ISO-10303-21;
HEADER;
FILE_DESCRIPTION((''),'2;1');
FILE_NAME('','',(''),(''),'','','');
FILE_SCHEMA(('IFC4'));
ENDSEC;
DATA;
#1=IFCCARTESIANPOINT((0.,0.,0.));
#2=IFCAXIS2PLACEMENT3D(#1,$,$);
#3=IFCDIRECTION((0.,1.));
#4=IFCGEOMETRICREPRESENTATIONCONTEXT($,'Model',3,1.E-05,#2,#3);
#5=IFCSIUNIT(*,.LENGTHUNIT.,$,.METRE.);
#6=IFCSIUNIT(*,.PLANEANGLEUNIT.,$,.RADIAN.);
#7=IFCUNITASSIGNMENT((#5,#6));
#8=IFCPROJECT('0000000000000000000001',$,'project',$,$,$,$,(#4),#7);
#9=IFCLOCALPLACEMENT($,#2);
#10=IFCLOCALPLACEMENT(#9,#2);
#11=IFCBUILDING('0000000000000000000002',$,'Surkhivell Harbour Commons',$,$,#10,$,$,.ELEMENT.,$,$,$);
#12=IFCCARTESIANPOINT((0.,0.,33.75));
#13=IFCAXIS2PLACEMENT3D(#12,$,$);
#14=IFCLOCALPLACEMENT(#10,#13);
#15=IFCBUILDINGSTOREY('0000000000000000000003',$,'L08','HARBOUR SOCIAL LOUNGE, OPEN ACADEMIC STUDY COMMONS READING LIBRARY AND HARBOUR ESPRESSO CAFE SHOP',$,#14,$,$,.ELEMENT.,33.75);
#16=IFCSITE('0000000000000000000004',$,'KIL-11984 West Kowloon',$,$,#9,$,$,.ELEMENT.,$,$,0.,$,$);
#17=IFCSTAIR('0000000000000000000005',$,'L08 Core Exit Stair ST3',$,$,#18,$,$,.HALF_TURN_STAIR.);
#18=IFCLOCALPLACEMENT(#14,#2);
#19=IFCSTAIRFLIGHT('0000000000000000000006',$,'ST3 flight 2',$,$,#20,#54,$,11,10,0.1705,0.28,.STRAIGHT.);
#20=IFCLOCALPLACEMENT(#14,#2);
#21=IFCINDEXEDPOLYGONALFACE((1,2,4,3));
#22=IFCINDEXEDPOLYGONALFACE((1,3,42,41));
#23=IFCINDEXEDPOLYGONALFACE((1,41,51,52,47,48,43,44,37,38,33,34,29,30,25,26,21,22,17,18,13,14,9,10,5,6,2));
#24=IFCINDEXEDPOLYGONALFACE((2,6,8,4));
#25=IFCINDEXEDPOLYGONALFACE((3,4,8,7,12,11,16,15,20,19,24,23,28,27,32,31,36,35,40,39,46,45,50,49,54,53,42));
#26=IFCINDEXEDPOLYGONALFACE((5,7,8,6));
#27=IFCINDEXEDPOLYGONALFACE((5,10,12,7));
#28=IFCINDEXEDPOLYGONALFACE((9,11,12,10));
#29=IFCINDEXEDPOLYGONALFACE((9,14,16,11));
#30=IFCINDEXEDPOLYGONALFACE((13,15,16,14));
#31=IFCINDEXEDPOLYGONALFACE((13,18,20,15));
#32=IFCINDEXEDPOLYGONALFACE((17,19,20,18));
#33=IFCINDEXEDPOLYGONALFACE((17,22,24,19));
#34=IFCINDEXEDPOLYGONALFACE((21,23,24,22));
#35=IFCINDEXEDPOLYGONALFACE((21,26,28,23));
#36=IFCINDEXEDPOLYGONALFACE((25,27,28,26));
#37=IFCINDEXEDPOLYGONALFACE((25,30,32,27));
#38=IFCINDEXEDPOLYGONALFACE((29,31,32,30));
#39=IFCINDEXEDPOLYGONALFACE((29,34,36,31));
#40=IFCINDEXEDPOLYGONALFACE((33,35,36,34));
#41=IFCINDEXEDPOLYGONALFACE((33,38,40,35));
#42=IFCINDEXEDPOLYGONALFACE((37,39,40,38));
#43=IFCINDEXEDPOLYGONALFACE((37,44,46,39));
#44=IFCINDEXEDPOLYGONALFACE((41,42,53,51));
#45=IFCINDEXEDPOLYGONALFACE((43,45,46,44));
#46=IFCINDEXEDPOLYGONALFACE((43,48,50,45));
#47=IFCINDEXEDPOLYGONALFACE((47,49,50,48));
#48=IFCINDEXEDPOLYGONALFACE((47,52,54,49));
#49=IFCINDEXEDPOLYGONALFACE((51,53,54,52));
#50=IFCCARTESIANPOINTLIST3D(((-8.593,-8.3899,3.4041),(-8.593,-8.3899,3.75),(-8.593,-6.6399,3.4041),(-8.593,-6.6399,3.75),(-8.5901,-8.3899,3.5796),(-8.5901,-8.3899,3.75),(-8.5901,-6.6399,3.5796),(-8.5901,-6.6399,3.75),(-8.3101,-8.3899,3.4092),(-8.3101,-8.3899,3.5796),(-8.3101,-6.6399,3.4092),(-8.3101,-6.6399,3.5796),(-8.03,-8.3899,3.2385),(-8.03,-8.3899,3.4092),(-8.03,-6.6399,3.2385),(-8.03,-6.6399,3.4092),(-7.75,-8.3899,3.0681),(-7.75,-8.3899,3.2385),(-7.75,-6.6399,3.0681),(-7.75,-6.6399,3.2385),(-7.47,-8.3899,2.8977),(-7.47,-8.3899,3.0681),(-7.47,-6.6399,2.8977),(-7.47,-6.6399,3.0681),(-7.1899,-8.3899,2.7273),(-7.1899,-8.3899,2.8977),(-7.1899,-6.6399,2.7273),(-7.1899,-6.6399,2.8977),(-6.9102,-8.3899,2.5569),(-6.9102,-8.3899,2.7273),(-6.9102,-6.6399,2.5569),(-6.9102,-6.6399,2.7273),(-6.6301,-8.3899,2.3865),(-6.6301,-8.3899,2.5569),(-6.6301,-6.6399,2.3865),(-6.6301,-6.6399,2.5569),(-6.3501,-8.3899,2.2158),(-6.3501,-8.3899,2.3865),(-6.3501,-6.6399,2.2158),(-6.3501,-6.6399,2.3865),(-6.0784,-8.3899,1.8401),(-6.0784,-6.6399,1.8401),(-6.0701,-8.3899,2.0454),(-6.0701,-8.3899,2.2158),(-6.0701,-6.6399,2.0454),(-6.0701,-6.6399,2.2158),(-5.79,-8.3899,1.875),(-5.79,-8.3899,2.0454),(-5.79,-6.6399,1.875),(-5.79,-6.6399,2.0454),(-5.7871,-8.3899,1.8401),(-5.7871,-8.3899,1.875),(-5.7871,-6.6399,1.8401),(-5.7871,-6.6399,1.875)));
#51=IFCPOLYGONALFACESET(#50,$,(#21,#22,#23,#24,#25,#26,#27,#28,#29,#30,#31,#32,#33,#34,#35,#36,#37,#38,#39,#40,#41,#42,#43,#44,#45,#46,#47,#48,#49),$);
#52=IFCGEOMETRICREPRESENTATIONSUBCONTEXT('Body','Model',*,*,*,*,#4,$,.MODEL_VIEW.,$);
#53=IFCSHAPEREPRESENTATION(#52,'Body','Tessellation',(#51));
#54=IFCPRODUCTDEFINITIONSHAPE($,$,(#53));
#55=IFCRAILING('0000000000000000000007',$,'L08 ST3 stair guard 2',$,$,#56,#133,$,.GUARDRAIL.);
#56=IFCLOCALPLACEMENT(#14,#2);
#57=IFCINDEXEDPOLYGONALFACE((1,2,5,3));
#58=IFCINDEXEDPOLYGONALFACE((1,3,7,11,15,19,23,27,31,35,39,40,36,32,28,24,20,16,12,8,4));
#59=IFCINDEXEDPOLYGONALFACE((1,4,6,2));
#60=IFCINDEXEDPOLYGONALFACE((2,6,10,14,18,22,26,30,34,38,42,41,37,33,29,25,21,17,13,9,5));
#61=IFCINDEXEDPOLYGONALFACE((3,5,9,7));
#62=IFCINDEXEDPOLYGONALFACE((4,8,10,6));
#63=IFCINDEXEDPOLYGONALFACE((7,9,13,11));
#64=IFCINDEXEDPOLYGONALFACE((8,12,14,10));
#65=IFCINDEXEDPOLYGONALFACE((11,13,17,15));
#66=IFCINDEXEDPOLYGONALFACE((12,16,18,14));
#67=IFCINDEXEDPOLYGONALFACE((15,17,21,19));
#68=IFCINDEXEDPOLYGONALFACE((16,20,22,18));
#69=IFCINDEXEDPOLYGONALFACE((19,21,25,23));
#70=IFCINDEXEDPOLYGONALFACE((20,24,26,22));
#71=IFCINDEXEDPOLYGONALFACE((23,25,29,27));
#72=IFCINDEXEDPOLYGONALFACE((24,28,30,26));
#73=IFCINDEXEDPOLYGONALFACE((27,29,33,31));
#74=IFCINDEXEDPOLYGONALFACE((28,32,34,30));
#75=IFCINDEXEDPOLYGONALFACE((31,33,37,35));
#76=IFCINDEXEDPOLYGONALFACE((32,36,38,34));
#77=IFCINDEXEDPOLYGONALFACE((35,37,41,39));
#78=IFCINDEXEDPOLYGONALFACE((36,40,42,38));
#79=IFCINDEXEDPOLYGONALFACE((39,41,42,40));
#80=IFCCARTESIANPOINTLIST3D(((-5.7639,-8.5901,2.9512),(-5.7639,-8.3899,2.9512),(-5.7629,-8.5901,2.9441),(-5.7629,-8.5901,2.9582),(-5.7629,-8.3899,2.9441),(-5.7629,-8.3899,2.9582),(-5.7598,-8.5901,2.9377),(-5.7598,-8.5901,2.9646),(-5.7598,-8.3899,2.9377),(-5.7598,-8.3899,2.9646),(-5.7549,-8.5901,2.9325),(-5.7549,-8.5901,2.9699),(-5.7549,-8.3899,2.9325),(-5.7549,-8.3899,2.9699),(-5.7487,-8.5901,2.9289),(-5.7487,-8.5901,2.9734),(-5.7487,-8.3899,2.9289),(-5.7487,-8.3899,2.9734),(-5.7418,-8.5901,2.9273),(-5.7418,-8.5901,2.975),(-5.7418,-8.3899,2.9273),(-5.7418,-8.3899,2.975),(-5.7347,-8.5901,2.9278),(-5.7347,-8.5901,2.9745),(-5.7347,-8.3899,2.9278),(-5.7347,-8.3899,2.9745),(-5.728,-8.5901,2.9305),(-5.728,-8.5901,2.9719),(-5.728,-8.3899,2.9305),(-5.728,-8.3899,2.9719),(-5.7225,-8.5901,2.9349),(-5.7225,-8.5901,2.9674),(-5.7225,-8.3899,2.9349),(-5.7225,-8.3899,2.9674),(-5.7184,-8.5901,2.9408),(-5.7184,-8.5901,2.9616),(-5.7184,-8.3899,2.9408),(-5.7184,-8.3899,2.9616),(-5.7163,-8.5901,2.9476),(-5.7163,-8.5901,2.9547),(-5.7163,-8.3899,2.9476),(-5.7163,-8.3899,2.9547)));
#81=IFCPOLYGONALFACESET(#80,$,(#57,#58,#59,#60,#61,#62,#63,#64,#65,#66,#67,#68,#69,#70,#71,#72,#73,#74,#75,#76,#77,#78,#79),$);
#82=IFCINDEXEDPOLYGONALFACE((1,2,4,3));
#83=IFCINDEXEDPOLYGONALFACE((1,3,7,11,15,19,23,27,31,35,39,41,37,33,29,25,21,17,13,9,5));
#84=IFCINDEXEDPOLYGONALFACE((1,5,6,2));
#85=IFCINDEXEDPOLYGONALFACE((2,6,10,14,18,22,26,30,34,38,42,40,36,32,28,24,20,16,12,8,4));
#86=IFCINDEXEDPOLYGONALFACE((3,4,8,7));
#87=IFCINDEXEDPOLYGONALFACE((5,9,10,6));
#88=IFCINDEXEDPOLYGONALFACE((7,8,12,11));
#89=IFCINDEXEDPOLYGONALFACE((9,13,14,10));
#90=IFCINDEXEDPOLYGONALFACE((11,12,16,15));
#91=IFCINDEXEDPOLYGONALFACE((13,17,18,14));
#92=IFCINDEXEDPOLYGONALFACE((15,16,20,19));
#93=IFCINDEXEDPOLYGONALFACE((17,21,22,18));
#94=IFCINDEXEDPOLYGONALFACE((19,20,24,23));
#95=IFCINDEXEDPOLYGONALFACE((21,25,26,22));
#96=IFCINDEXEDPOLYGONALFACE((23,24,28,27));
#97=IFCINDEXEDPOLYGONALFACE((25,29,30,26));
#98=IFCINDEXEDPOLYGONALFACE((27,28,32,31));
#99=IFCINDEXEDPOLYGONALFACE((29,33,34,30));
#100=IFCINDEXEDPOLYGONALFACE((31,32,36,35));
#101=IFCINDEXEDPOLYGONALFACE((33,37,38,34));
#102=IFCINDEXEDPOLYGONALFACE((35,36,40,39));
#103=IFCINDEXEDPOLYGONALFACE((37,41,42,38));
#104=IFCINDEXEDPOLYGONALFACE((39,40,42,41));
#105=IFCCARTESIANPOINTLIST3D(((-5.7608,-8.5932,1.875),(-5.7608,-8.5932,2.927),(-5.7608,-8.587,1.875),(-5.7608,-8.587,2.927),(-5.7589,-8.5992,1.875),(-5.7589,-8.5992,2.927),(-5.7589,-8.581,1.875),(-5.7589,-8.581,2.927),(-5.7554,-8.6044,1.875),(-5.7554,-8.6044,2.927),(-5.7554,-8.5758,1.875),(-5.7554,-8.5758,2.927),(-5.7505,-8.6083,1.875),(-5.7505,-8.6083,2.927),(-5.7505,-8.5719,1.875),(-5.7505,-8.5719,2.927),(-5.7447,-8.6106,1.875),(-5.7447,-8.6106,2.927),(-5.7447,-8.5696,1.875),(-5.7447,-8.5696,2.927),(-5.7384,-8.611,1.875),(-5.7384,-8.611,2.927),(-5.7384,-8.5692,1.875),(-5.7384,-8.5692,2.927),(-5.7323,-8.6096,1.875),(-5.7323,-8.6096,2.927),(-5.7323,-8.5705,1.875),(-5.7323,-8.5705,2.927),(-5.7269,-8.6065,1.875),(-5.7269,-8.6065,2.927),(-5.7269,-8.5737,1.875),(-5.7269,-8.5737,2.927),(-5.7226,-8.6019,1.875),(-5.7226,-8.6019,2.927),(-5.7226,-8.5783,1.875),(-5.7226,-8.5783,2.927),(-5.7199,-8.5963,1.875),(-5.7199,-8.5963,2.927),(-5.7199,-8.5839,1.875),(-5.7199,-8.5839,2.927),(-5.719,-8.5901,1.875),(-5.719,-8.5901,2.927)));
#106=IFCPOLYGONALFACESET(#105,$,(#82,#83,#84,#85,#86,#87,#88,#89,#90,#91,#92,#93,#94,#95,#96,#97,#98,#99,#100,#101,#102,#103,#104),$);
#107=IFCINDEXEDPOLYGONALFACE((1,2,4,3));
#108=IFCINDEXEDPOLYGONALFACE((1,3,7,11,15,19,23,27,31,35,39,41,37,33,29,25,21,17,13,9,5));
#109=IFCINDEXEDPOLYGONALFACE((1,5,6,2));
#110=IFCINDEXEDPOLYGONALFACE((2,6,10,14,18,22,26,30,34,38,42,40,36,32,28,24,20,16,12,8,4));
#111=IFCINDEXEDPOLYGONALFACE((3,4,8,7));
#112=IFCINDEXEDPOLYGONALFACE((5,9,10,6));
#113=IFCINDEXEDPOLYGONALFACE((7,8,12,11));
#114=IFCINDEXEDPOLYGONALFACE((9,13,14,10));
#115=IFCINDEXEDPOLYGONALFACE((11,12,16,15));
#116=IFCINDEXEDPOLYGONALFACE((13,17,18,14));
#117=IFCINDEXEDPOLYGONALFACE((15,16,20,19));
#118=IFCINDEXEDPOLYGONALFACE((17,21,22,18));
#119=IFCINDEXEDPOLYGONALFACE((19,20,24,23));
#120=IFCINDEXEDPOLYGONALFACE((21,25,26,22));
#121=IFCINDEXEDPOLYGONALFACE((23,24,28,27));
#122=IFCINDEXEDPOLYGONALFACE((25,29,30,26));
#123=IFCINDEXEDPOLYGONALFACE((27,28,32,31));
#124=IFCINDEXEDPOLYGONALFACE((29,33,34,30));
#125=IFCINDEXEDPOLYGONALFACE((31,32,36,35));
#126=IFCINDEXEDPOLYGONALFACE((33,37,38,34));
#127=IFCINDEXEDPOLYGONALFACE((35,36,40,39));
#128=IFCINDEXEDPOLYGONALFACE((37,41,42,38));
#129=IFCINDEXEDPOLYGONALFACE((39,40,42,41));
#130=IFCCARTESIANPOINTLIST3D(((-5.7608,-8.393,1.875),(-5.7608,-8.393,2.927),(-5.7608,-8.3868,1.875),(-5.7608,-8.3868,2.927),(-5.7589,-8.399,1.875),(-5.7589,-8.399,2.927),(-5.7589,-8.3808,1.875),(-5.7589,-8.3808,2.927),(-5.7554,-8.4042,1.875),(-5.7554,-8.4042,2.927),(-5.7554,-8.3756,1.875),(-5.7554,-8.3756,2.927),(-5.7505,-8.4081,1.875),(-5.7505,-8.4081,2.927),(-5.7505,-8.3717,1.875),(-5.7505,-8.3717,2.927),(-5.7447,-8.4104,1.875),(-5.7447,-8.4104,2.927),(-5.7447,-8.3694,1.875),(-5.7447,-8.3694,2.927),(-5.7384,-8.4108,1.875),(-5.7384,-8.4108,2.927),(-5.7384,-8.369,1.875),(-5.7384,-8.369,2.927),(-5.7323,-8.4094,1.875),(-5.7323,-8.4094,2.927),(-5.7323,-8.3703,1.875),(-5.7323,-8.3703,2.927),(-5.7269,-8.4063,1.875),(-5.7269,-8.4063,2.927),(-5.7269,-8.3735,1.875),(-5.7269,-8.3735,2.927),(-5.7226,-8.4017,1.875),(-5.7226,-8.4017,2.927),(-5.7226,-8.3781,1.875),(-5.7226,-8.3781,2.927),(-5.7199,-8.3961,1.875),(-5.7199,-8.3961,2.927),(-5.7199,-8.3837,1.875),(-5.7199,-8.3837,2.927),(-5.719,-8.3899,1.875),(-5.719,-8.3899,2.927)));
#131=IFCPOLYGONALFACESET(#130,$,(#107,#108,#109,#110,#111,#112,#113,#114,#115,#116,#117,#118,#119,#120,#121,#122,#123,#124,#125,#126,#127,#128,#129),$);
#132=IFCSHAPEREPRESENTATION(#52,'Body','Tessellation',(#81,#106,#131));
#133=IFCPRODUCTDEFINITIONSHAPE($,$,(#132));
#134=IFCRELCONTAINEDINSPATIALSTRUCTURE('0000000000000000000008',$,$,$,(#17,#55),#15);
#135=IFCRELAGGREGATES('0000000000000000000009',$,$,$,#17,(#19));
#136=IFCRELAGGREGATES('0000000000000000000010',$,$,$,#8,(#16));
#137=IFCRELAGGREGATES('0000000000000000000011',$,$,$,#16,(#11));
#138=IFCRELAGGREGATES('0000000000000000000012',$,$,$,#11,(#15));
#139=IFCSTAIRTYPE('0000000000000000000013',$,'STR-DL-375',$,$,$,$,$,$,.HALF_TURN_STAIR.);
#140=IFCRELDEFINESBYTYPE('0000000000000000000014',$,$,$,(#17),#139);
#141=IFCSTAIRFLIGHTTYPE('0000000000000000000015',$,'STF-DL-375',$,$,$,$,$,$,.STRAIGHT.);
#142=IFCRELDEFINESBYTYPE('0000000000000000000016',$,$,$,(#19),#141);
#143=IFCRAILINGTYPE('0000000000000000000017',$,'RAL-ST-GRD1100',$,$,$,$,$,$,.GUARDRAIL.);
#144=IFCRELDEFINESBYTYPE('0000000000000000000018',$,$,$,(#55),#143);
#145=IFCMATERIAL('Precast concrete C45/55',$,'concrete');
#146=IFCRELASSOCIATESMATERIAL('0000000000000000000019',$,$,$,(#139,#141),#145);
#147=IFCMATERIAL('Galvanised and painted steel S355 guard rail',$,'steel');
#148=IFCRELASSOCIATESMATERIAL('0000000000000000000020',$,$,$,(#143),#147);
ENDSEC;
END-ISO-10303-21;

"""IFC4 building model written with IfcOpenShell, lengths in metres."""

from ifc_helpers import new_model, si_unit, direction, frame, origin, origin_2d, place, context, subcontext, project, spatial, polyline, circle, outline, extrude, material, type_object, element, aggregate, save


model = new_model("IFC4")

# Units and contexts
model_context = context("Model", 3, precision=1e-05, world=origin(), true_north=direction((0.0, 1.0)))
body_context = subcontext(model_context, "Body", "Model", "MODEL_VIEW")
ifc_project = project(units=[si_unit("LENGTHUNIT", "METRE"), si_unit("PLANEANGLEUNIT", "RADIAN")], contexts=[model_context])

# Site, building, storey
site_placement = place(None, origin())
site = spatial("IfcSite", under=ifc_project, at=site_placement, Name="KIL-11984 West Kowloon", CompositionType="ELEMENT", RefElevation=0.0)
building_placement = place(site_placement, origin())
building = spatial("IfcBuilding", under=site, at=building_placement, Name="Surkhivell Harbour Commons", CompositionType="ELEMENT")
storey_placement = place(building_placement, frame((0.0, 0.0, 33.75)))
storey = spatial("IfcBuildingStorey", under=building, at=storey_placement, Name="L08", Description="HARBOUR SOCIAL LOUNGE, OPEN ACADEMIC STUDY COMMONS READING LIBRARY AND HARBOUR ESPRESSO CAFE SHOP", CompositionType="ELEMENT", Elevation=33.75)

# Stair, stair flight
ifc_material_1 = material(Name="Precast concrete C45/55", Category="concrete")
stair_type = type_object("IfcStairType", Name="STR-DL-375", PredefinedType="HALF_TURN_STAIR", material=ifc_material_1)
stair_placement = place(storey_placement, origin())
stair = element("IfcStair", 1, at=stair_placement, inside=storey, type_object=stair_type, Name="L08 Core Exit Stair ST3", PredefinedType="HALF_TURN_STAIR")
stair_flight_type = type_object("IfcStairFlightType", Name="STF-DL-375", PredefinedType="STRAIGHT", material=ifc_material_1)
stair_flight_placement = place(storey_placement, frame((-5.79, -7.5149, 1.875), z_axis=(0.0, 0.0, 1.0), x_axis=(-1.0, 0.0, 0.0)))
stair_flight = element("IfcStairFlight", 2, at=stair_flight_placement, type_object=stair_flight_type, Name="ST3 flight 2", NumberOfRisers=11, NumberOfTreads=10, PredefinedType="STRAIGHT", RiserHeight=0.1705, TreadLength=0.28, context=body_context, shape_type="SweptSolid", body=[
    extrude(outline(polyline([(-0.0029, -0.0349), (-0.0029, 0.0), (0.0, 0.0), (0.0, 0.1704), (0.28, 0.1704), (0.28, 0.3408), (0.5601, 0.3408), (0.5601, 0.5115), (0.8401, 0.5115), (0.8401, 0.6819), (1.1201, 0.6819), (1.1201, 0.8523), (1.3999, 0.8523), (1.3999, 1.0227), (1.6799, 1.0227), (1.6799, 1.1931), (1.96, 1.1931), (1.96, 1.3635), (2.24, 1.3635), (2.24, 1.5342), (2.52, 1.5342), (2.52, 1.7046), (2.8, 1.7046), (2.8, 1.875), (2.803, 1.875), (2.803, 1.5291), (0.2883, -0.0349), (-0.0029, -0.0349)])), frame((0.0, 0.875, 0.0), z_axis=(0.0, -1.0, 0.0), x_axis=(1.0, 0.0, 0.0)), (0.0, 0.0, 1.0), 1.75),
])
aggregate(stair, [stair_flight])

# Railing
ifc_material_2 = material(Name="Galvanised and painted steel S355 guard rail", Category="steel")
railing_type_1 = type_object("IfcRailingType", Name="RAL-ST-GRD1100", PredefinedType="GUARDRAIL", material=ifc_material_2)
railing_1_placement = place(storey_placement, frame((-5.74, -8.5901, 1.875)))
element("IfcRailing", 3, at=railing_1_placement, inside=storey, type_object=railing_type_1, Name="L08 ST3 stair guard 2", PredefinedType="GUARDRAIL", context=body_context, shape_type="SweptSolid", body=[
    extrude(circle(Radius=0.0239, at=origin_2d()), frame((0.0, 0.0, 1.0762), z_axis=(0.0, 1.0, 0.0), x_axis=(-1.0, 0.0, 0.0)), (0.0, 0.0, 1.0), 0.2002),
    extrude(circle(Radius=0.021, at=origin_2d()), origin(), (0.0, 0.0, 1.0), 1.052),
    extrude(circle(Radius=0.021, at=origin_2d()), frame((0.0, 0.2002, 0.0)), (0.0, 0.0, 1.0), 1.052),
])

save(model, "model.ifc")
